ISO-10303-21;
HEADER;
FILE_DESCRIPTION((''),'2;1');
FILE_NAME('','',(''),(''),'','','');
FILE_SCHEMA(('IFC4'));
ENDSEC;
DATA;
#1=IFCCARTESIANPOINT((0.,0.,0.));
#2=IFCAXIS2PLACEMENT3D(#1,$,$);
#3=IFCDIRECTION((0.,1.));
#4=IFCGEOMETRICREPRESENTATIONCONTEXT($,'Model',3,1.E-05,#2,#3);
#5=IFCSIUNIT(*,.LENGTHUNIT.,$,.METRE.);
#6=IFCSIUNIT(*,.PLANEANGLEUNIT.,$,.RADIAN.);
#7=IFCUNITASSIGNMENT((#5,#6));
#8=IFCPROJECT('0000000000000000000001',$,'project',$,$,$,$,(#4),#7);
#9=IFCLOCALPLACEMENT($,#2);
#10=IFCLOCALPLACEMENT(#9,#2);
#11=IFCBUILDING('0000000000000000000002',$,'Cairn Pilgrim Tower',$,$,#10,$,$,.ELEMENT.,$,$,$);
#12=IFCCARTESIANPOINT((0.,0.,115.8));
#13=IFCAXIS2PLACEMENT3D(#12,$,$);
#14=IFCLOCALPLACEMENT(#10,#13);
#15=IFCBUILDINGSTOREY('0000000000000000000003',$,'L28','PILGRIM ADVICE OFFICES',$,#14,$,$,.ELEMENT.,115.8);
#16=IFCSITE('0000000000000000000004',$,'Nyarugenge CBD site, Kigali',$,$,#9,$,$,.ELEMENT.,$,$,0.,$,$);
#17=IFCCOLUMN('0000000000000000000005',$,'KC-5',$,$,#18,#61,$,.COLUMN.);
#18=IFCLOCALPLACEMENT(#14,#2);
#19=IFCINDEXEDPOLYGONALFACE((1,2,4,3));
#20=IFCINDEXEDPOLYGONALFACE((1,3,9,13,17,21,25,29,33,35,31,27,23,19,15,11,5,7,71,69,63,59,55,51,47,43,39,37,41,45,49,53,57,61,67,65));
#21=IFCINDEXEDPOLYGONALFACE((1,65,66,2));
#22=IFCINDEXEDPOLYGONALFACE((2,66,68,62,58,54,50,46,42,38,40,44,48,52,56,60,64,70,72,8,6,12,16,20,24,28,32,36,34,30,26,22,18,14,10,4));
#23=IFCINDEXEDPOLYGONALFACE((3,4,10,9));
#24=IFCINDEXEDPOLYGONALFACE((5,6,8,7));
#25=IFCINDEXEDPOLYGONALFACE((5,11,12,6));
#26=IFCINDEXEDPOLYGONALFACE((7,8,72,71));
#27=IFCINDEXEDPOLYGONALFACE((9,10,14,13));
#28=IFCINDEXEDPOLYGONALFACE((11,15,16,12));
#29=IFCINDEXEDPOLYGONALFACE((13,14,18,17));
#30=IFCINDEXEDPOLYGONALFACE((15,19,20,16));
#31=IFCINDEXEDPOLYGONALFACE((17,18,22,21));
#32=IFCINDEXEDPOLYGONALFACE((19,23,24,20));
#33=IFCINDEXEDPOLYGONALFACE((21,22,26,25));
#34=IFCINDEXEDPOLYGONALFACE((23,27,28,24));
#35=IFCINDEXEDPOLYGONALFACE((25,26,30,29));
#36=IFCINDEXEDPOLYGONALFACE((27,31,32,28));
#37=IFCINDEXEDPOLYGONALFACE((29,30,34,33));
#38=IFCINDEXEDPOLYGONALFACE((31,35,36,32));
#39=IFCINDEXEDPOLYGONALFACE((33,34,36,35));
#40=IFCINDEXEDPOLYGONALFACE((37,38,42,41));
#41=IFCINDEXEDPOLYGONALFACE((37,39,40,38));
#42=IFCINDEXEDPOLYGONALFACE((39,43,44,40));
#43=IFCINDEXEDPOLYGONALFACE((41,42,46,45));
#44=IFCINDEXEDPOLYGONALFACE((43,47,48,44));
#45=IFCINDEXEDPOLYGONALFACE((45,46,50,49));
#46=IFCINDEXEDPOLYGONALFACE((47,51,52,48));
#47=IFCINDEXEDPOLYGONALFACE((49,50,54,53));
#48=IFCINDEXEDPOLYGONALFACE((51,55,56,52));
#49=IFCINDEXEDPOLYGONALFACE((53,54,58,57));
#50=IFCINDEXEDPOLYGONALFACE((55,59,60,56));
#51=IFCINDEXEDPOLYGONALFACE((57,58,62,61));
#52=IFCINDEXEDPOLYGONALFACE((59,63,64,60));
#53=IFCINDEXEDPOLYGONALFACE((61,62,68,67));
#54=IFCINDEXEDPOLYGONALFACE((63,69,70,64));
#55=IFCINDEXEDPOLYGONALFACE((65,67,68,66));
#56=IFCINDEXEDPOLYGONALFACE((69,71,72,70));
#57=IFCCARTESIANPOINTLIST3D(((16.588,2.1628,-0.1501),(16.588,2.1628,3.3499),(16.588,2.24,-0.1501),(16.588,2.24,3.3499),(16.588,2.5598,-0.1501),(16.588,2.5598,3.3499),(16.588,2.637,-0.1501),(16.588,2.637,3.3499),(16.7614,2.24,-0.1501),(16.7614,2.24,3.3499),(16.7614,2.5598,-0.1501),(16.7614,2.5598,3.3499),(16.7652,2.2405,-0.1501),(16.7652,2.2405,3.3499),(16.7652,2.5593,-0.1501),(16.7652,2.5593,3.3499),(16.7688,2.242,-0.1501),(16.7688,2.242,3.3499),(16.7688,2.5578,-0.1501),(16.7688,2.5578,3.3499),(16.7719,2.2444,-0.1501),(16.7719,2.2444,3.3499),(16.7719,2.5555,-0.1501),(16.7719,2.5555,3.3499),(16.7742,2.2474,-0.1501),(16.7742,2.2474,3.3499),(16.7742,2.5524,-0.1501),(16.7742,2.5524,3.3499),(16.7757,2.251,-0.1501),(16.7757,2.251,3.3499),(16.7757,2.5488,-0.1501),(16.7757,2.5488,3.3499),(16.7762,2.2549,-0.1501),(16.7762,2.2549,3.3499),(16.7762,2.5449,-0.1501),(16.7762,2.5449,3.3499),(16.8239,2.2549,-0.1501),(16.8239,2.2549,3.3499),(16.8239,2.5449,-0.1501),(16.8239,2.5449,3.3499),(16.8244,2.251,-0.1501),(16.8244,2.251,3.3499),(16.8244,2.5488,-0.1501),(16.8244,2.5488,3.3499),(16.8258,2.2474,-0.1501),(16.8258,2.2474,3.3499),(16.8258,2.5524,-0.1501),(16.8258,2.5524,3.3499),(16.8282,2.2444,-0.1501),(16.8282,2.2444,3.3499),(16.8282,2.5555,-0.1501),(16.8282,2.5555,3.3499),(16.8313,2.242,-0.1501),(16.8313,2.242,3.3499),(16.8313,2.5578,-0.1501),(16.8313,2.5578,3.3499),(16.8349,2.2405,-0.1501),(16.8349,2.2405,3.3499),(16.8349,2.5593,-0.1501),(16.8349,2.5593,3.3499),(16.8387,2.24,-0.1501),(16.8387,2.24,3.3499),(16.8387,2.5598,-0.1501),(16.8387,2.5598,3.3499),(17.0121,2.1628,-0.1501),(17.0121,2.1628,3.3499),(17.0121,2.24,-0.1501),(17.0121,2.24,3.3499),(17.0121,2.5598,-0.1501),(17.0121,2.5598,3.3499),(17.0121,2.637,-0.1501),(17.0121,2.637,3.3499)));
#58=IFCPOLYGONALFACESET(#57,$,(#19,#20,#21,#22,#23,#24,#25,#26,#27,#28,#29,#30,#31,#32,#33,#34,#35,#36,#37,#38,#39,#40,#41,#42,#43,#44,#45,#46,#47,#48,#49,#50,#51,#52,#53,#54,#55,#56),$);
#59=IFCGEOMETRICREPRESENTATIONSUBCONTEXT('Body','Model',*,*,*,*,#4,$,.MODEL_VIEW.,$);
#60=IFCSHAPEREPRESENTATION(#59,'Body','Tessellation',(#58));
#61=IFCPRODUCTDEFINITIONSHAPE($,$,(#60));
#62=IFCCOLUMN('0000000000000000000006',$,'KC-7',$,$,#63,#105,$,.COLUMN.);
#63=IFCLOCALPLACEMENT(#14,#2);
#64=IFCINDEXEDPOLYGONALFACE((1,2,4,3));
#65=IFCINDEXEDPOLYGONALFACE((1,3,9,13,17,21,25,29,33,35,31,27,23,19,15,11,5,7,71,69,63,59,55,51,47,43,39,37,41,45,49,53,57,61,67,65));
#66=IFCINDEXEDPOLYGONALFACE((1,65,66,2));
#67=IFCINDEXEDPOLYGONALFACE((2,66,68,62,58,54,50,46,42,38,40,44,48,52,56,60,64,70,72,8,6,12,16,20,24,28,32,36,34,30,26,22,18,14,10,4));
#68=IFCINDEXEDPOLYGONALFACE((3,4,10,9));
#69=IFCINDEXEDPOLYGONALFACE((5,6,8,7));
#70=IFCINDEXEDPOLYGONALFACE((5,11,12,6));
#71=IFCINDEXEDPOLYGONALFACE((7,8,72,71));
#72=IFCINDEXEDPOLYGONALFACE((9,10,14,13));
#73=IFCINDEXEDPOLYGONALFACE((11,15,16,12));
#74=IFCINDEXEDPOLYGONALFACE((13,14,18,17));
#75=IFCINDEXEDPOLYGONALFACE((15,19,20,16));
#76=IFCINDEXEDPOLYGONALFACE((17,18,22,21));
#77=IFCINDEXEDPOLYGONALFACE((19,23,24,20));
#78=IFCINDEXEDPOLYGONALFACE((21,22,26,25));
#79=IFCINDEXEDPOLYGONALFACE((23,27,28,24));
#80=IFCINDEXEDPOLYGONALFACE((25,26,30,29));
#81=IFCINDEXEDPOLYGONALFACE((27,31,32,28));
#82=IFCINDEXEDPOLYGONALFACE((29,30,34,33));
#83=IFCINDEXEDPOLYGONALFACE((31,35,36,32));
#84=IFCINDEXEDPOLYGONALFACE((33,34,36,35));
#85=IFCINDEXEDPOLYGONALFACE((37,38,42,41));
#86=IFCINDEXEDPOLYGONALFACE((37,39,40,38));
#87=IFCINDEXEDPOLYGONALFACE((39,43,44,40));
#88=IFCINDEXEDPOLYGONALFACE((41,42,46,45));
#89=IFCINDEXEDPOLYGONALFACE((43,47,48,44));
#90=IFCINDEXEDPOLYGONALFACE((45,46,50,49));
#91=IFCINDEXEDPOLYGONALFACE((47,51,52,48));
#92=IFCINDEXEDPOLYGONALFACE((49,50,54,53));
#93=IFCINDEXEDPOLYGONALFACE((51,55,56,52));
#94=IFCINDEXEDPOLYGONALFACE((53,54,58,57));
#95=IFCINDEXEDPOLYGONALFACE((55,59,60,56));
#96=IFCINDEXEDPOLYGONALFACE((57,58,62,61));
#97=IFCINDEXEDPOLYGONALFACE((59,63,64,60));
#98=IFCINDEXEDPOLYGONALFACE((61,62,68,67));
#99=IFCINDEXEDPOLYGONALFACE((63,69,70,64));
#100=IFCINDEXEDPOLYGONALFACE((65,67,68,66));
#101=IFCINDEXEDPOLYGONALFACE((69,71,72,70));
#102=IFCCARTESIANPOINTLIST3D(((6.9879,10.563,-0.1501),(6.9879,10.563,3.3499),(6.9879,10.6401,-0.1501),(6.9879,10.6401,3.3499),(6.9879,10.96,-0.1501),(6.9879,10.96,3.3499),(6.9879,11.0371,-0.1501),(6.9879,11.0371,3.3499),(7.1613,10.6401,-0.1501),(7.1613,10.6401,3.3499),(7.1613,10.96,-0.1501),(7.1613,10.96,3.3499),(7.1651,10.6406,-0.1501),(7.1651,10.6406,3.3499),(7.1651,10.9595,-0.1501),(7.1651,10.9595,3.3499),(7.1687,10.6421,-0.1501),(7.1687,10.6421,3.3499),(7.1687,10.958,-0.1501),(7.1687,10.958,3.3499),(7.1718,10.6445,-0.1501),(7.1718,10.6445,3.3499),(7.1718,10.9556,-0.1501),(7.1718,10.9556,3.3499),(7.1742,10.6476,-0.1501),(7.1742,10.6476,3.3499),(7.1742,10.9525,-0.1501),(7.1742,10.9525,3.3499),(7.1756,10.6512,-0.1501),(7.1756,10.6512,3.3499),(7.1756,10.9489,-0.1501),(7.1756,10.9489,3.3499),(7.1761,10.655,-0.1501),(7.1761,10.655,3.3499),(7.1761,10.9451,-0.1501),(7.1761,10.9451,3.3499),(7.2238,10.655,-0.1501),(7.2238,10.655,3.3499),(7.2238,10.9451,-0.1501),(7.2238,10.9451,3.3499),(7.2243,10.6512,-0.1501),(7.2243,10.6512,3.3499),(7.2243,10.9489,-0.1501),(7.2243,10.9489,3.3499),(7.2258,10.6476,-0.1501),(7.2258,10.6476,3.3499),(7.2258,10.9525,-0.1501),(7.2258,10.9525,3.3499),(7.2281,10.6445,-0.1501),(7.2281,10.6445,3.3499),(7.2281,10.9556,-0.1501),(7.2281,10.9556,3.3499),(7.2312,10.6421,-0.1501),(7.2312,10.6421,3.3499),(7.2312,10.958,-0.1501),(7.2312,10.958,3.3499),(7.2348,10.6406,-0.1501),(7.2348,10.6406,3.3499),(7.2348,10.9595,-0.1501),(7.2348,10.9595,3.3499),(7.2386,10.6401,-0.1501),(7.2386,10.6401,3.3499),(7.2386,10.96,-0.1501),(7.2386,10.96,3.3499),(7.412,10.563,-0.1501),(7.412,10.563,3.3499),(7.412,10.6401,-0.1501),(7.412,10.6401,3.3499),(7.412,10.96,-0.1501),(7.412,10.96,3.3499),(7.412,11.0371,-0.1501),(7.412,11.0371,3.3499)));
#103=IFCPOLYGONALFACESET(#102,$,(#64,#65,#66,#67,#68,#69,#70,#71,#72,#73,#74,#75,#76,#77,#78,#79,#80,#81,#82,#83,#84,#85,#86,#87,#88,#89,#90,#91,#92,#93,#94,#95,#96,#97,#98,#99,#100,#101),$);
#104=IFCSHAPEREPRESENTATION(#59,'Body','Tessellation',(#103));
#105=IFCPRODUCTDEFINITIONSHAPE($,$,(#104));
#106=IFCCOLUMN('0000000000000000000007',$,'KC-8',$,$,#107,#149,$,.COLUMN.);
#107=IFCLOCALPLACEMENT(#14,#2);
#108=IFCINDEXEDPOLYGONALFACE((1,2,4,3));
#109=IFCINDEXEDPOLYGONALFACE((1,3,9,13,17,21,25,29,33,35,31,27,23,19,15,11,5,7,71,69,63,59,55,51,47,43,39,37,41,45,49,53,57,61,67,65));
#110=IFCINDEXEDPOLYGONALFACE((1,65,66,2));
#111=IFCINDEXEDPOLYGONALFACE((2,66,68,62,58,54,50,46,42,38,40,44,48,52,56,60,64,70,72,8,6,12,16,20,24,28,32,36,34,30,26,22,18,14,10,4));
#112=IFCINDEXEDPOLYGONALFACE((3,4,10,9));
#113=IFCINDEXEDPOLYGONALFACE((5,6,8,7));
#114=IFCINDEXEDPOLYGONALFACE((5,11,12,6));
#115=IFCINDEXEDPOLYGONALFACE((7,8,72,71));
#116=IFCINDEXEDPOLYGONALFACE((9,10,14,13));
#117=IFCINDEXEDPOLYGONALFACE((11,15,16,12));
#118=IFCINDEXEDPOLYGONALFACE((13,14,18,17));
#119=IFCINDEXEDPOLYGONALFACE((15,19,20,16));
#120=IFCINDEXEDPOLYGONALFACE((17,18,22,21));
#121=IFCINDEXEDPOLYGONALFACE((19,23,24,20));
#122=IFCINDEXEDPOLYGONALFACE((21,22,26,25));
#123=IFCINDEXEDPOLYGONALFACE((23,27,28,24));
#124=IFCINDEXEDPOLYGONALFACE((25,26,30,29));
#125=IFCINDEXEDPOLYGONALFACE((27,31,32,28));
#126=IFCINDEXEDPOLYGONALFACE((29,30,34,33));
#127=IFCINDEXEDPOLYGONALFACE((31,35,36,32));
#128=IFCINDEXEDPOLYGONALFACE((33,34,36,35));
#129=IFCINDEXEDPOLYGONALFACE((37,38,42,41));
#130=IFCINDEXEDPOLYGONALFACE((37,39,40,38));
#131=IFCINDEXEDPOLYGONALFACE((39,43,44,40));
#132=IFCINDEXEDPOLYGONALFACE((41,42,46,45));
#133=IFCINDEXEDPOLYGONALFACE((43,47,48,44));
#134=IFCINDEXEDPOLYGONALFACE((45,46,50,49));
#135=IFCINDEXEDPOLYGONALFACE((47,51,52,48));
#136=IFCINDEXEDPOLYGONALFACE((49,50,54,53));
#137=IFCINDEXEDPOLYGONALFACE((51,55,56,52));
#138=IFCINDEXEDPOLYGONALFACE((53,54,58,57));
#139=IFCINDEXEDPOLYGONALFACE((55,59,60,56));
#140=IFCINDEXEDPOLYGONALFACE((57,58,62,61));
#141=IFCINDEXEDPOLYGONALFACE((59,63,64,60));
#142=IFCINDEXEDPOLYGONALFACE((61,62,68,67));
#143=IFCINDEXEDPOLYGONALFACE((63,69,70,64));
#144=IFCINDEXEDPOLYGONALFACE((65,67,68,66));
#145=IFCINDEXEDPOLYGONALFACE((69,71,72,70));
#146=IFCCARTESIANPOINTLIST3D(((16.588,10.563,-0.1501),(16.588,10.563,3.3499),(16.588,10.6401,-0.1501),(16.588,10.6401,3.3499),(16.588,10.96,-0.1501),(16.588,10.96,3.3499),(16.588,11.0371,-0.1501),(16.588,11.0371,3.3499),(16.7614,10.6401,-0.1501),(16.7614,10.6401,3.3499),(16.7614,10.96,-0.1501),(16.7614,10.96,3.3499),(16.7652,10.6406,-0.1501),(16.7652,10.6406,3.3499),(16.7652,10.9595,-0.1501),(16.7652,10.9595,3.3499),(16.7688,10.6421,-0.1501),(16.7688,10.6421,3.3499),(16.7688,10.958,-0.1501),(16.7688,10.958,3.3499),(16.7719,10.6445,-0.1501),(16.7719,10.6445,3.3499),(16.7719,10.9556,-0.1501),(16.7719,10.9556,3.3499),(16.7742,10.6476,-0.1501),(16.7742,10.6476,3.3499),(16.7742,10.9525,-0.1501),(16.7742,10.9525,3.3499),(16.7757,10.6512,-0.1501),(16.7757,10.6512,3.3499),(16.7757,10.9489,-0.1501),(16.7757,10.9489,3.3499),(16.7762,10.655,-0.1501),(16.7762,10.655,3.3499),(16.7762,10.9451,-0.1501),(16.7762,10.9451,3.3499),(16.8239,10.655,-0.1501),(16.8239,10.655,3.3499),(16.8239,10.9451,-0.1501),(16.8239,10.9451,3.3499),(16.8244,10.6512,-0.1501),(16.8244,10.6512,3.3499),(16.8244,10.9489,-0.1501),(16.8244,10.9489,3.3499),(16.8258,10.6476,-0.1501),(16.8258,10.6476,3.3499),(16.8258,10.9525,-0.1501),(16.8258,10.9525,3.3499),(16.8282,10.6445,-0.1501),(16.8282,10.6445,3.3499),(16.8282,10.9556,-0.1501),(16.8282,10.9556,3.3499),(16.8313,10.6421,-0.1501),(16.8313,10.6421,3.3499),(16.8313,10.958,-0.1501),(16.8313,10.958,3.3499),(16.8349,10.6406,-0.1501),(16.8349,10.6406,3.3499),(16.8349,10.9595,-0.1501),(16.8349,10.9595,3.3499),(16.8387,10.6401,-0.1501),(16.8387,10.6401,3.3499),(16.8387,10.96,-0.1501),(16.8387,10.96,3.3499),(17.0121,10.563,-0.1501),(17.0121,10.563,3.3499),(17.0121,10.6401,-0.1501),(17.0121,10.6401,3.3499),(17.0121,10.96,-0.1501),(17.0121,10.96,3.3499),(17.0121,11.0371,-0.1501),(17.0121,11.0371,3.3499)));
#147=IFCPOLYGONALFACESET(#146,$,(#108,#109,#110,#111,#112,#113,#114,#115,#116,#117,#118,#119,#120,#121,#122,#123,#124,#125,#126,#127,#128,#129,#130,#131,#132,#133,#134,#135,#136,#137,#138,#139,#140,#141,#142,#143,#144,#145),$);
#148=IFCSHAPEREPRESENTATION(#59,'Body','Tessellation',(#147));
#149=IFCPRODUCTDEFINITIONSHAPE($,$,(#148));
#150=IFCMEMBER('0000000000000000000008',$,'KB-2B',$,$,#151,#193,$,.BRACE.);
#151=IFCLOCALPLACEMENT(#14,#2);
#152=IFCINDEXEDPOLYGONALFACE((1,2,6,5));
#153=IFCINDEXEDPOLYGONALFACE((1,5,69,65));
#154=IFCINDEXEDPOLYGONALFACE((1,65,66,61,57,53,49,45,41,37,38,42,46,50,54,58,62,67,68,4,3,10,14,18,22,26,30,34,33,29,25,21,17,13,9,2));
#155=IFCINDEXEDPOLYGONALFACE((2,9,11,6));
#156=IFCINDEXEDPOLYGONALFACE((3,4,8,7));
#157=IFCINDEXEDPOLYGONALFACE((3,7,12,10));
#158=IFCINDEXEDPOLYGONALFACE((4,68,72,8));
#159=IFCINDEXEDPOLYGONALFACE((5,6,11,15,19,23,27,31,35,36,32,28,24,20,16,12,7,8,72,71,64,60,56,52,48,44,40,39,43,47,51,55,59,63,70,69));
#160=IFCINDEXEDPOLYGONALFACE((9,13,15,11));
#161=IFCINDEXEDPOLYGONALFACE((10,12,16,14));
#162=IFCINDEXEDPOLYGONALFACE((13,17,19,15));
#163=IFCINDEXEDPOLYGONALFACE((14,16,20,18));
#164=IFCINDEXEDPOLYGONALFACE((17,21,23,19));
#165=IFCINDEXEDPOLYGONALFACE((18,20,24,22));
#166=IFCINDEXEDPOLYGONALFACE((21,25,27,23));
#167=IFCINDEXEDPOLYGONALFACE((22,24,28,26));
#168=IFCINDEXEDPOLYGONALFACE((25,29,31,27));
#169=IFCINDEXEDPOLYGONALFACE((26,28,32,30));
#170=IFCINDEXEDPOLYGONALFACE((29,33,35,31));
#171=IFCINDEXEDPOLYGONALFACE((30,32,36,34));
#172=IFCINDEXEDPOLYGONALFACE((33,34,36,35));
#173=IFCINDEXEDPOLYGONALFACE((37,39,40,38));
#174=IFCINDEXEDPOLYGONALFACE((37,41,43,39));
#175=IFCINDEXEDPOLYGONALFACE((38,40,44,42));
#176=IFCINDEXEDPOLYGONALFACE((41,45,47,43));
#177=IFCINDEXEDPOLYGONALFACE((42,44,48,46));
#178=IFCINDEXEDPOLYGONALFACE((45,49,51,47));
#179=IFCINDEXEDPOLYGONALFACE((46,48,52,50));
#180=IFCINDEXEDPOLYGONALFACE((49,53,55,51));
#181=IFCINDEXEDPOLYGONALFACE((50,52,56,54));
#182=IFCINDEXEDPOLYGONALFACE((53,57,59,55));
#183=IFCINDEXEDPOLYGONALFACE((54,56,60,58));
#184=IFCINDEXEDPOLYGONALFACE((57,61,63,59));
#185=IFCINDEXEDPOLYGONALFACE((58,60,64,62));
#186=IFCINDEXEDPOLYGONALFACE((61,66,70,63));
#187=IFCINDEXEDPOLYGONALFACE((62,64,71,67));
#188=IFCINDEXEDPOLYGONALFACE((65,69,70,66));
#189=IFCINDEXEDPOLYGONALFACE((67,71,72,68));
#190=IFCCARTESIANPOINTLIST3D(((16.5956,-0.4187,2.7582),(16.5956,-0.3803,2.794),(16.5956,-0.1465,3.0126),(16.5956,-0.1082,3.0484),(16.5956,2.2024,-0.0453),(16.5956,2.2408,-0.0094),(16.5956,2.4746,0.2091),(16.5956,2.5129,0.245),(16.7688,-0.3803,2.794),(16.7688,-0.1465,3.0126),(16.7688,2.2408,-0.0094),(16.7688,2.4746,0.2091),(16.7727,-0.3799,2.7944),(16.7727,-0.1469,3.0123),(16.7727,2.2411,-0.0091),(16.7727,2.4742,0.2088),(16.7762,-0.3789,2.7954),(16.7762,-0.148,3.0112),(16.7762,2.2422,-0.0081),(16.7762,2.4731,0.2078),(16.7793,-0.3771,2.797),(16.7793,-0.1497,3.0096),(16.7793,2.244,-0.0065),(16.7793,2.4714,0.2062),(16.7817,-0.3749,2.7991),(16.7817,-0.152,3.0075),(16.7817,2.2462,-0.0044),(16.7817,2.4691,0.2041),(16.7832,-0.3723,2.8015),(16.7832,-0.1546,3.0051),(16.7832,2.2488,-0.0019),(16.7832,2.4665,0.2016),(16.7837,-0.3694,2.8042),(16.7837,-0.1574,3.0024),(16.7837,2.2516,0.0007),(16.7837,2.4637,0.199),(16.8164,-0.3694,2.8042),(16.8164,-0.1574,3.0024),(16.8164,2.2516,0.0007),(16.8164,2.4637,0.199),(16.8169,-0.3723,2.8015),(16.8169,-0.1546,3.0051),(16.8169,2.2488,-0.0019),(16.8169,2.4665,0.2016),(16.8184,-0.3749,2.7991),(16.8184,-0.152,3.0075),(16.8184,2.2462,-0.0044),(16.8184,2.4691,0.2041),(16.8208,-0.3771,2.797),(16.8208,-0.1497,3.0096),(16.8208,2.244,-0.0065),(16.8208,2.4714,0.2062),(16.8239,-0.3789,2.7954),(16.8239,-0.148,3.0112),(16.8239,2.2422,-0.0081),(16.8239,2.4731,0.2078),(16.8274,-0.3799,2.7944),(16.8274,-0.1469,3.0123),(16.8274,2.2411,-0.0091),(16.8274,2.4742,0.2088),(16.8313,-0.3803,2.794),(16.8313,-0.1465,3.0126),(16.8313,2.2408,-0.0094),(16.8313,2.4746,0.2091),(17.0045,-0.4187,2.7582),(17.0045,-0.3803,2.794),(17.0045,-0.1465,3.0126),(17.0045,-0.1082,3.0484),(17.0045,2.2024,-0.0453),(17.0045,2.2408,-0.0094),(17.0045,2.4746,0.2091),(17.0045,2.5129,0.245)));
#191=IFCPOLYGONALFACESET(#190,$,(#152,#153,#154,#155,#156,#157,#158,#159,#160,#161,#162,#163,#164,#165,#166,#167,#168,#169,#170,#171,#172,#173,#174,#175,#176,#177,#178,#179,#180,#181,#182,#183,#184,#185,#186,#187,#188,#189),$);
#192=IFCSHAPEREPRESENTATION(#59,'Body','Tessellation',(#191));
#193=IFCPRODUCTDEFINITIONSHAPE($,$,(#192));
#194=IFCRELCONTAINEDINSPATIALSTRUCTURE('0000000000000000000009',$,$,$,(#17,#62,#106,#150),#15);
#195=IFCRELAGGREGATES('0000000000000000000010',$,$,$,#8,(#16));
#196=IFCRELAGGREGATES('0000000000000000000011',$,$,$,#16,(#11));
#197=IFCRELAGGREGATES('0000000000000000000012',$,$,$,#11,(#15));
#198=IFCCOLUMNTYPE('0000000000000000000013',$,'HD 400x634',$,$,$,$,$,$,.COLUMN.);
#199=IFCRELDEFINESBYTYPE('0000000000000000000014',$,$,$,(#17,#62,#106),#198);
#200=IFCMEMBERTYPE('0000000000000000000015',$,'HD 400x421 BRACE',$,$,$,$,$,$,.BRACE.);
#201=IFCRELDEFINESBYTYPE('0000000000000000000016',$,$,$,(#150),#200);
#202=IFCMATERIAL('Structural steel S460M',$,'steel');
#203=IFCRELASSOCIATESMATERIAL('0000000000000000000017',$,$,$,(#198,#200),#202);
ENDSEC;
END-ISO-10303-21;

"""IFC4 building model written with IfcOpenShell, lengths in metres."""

from ifc_helpers import new_model, si_unit, direction, frame, origin, origin_2d, place, context, subcontext, project, spatial, i_section, extrude, material, material_profile, profile_set, type_object, element, save


model = new_model("IFC4")

# Units and contexts
model_context = context("Model", 3, precision=1e-05, world=origin(), true_north=direction((0.0, 1.0)))
body_context = subcontext(model_context, "Body", "Model", "MODEL_VIEW")
ifc_project = project(units=[si_unit("LENGTHUNIT", "METRE"), si_unit("PLANEANGLEUNIT", "RADIAN")], contexts=[model_context])

# Site, building, storey
site_placement = place(None, origin())
site = spatial("IfcSite", under=ifc_project, at=site_placement, Name="Nyarugenge CBD site, Kigali", CompositionType="ELEMENT", RefElevation=0.0)
building_placement = place(site_placement, origin())
building = spatial("IfcBuilding", under=site, at=building_placement, Name="Cairn Pilgrim Tower", CompositionType="ELEMENT")
storey_placement = place(building_placement, frame((0.0, 0.0, 115.8)))
storey = spatial("IfcBuildingStorey", under=building, at=storey_placement, Name="L28", Description="PILGRIM ADVICE OFFICES", CompositionType="ELEMENT", Elevation=115.8)

# Columns
ifc_material_1 = material(Name="Structural steel S460M", Category="steel")
ifc_material_profile_1 = material_profile(ifc_material_1, i_section(OverallWidth=0.4241, OverallDepth=0.4741, WebThickness=0.0476, FlangeThickness=0.0771, FilletRadius=0.0149, at=origin_2d()), Name="HD 400x634")
ifc_profile_set_1 = profile_set([ifc_material_profile_1], Name="Structural steel S460M")
column_type = type_object("IfcColumnType", Name="HD 400x634", PredefinedType="COLUMN", material=ifc_profile_set_1)
for number, where, z_axis, x_axis, name in (
    (1, (16.8, 2.3999, -0.1501), (0.0, 0.0, 1.0), (1.0, 0.0, 0.0), "KC-5"),
    (2, (7.2, 10.8, -0.1501), (0.0, 0.0, 1.0), (1.0, 0.0, 0.0), "KC-7"),
    (3, (16.8, 10.8, -0.1501), (0.0, 0.0, 1.0), (1.0, 0.0, 0.0), "KC-8"),
):
    element("IfcColumn", number, at=place(storey_placement, frame(where, z_axis=z_axis, x_axis=x_axis)), inside=storey, type_object=column_type, Name=name, PredefinedType="COLUMN", context=body_context, shape_type="SweptSolid", body=[
        extrude(i_section(OverallWidth=0.4241, OverallDepth=0.4741, WebThickness=0.0476, FlangeThickness=0.0771, FilletRadius=0.0149, at=origin_2d()), origin(), (0.0, 0.0, 1.0), 3.5),
    ])

# Member
ifc_material_profile_2 = material_profile(ifc_material_1, i_section(OverallWidth=0.4089, OverallDepth=0.425, WebThickness=0.0327, FlangeThickness=0.0525, FilletRadius=0.0149, at=origin_2d()), Name="HD 400x421")
ifc_profile_set_2 = profile_set([ifc_material_profile_2], Name="Structural steel S460M")
member_type = type_object("IfcMemberType", Name="HD 400x421 BRACE", PredefinedType="BRACE", material=ifc_profile_set_2)
member_placement = place(storey_placement, frame((16.8, 2.3577, 0.0999), z_axis=(0.0, -0.682948, 0.730467), x_axis=(1.0, 0.0, 0.0)))
element("IfcMember", 4, at=member_placement, inside=storey, type_object=member_type, Name="KB-2B", PredefinedType="BRACE", context=body_context, shape_type="SweptSolid", body=[
    extrude(i_section(OverallWidth=0.4089, OverallDepth=0.425, WebThickness=0.0327, FlangeThickness=0.0525, FilletRadius=0.0149, at=origin_2d()), origin(), (0.0, 0.0, 1.0), 3.8379),
])

save(model, "model.ifc")
